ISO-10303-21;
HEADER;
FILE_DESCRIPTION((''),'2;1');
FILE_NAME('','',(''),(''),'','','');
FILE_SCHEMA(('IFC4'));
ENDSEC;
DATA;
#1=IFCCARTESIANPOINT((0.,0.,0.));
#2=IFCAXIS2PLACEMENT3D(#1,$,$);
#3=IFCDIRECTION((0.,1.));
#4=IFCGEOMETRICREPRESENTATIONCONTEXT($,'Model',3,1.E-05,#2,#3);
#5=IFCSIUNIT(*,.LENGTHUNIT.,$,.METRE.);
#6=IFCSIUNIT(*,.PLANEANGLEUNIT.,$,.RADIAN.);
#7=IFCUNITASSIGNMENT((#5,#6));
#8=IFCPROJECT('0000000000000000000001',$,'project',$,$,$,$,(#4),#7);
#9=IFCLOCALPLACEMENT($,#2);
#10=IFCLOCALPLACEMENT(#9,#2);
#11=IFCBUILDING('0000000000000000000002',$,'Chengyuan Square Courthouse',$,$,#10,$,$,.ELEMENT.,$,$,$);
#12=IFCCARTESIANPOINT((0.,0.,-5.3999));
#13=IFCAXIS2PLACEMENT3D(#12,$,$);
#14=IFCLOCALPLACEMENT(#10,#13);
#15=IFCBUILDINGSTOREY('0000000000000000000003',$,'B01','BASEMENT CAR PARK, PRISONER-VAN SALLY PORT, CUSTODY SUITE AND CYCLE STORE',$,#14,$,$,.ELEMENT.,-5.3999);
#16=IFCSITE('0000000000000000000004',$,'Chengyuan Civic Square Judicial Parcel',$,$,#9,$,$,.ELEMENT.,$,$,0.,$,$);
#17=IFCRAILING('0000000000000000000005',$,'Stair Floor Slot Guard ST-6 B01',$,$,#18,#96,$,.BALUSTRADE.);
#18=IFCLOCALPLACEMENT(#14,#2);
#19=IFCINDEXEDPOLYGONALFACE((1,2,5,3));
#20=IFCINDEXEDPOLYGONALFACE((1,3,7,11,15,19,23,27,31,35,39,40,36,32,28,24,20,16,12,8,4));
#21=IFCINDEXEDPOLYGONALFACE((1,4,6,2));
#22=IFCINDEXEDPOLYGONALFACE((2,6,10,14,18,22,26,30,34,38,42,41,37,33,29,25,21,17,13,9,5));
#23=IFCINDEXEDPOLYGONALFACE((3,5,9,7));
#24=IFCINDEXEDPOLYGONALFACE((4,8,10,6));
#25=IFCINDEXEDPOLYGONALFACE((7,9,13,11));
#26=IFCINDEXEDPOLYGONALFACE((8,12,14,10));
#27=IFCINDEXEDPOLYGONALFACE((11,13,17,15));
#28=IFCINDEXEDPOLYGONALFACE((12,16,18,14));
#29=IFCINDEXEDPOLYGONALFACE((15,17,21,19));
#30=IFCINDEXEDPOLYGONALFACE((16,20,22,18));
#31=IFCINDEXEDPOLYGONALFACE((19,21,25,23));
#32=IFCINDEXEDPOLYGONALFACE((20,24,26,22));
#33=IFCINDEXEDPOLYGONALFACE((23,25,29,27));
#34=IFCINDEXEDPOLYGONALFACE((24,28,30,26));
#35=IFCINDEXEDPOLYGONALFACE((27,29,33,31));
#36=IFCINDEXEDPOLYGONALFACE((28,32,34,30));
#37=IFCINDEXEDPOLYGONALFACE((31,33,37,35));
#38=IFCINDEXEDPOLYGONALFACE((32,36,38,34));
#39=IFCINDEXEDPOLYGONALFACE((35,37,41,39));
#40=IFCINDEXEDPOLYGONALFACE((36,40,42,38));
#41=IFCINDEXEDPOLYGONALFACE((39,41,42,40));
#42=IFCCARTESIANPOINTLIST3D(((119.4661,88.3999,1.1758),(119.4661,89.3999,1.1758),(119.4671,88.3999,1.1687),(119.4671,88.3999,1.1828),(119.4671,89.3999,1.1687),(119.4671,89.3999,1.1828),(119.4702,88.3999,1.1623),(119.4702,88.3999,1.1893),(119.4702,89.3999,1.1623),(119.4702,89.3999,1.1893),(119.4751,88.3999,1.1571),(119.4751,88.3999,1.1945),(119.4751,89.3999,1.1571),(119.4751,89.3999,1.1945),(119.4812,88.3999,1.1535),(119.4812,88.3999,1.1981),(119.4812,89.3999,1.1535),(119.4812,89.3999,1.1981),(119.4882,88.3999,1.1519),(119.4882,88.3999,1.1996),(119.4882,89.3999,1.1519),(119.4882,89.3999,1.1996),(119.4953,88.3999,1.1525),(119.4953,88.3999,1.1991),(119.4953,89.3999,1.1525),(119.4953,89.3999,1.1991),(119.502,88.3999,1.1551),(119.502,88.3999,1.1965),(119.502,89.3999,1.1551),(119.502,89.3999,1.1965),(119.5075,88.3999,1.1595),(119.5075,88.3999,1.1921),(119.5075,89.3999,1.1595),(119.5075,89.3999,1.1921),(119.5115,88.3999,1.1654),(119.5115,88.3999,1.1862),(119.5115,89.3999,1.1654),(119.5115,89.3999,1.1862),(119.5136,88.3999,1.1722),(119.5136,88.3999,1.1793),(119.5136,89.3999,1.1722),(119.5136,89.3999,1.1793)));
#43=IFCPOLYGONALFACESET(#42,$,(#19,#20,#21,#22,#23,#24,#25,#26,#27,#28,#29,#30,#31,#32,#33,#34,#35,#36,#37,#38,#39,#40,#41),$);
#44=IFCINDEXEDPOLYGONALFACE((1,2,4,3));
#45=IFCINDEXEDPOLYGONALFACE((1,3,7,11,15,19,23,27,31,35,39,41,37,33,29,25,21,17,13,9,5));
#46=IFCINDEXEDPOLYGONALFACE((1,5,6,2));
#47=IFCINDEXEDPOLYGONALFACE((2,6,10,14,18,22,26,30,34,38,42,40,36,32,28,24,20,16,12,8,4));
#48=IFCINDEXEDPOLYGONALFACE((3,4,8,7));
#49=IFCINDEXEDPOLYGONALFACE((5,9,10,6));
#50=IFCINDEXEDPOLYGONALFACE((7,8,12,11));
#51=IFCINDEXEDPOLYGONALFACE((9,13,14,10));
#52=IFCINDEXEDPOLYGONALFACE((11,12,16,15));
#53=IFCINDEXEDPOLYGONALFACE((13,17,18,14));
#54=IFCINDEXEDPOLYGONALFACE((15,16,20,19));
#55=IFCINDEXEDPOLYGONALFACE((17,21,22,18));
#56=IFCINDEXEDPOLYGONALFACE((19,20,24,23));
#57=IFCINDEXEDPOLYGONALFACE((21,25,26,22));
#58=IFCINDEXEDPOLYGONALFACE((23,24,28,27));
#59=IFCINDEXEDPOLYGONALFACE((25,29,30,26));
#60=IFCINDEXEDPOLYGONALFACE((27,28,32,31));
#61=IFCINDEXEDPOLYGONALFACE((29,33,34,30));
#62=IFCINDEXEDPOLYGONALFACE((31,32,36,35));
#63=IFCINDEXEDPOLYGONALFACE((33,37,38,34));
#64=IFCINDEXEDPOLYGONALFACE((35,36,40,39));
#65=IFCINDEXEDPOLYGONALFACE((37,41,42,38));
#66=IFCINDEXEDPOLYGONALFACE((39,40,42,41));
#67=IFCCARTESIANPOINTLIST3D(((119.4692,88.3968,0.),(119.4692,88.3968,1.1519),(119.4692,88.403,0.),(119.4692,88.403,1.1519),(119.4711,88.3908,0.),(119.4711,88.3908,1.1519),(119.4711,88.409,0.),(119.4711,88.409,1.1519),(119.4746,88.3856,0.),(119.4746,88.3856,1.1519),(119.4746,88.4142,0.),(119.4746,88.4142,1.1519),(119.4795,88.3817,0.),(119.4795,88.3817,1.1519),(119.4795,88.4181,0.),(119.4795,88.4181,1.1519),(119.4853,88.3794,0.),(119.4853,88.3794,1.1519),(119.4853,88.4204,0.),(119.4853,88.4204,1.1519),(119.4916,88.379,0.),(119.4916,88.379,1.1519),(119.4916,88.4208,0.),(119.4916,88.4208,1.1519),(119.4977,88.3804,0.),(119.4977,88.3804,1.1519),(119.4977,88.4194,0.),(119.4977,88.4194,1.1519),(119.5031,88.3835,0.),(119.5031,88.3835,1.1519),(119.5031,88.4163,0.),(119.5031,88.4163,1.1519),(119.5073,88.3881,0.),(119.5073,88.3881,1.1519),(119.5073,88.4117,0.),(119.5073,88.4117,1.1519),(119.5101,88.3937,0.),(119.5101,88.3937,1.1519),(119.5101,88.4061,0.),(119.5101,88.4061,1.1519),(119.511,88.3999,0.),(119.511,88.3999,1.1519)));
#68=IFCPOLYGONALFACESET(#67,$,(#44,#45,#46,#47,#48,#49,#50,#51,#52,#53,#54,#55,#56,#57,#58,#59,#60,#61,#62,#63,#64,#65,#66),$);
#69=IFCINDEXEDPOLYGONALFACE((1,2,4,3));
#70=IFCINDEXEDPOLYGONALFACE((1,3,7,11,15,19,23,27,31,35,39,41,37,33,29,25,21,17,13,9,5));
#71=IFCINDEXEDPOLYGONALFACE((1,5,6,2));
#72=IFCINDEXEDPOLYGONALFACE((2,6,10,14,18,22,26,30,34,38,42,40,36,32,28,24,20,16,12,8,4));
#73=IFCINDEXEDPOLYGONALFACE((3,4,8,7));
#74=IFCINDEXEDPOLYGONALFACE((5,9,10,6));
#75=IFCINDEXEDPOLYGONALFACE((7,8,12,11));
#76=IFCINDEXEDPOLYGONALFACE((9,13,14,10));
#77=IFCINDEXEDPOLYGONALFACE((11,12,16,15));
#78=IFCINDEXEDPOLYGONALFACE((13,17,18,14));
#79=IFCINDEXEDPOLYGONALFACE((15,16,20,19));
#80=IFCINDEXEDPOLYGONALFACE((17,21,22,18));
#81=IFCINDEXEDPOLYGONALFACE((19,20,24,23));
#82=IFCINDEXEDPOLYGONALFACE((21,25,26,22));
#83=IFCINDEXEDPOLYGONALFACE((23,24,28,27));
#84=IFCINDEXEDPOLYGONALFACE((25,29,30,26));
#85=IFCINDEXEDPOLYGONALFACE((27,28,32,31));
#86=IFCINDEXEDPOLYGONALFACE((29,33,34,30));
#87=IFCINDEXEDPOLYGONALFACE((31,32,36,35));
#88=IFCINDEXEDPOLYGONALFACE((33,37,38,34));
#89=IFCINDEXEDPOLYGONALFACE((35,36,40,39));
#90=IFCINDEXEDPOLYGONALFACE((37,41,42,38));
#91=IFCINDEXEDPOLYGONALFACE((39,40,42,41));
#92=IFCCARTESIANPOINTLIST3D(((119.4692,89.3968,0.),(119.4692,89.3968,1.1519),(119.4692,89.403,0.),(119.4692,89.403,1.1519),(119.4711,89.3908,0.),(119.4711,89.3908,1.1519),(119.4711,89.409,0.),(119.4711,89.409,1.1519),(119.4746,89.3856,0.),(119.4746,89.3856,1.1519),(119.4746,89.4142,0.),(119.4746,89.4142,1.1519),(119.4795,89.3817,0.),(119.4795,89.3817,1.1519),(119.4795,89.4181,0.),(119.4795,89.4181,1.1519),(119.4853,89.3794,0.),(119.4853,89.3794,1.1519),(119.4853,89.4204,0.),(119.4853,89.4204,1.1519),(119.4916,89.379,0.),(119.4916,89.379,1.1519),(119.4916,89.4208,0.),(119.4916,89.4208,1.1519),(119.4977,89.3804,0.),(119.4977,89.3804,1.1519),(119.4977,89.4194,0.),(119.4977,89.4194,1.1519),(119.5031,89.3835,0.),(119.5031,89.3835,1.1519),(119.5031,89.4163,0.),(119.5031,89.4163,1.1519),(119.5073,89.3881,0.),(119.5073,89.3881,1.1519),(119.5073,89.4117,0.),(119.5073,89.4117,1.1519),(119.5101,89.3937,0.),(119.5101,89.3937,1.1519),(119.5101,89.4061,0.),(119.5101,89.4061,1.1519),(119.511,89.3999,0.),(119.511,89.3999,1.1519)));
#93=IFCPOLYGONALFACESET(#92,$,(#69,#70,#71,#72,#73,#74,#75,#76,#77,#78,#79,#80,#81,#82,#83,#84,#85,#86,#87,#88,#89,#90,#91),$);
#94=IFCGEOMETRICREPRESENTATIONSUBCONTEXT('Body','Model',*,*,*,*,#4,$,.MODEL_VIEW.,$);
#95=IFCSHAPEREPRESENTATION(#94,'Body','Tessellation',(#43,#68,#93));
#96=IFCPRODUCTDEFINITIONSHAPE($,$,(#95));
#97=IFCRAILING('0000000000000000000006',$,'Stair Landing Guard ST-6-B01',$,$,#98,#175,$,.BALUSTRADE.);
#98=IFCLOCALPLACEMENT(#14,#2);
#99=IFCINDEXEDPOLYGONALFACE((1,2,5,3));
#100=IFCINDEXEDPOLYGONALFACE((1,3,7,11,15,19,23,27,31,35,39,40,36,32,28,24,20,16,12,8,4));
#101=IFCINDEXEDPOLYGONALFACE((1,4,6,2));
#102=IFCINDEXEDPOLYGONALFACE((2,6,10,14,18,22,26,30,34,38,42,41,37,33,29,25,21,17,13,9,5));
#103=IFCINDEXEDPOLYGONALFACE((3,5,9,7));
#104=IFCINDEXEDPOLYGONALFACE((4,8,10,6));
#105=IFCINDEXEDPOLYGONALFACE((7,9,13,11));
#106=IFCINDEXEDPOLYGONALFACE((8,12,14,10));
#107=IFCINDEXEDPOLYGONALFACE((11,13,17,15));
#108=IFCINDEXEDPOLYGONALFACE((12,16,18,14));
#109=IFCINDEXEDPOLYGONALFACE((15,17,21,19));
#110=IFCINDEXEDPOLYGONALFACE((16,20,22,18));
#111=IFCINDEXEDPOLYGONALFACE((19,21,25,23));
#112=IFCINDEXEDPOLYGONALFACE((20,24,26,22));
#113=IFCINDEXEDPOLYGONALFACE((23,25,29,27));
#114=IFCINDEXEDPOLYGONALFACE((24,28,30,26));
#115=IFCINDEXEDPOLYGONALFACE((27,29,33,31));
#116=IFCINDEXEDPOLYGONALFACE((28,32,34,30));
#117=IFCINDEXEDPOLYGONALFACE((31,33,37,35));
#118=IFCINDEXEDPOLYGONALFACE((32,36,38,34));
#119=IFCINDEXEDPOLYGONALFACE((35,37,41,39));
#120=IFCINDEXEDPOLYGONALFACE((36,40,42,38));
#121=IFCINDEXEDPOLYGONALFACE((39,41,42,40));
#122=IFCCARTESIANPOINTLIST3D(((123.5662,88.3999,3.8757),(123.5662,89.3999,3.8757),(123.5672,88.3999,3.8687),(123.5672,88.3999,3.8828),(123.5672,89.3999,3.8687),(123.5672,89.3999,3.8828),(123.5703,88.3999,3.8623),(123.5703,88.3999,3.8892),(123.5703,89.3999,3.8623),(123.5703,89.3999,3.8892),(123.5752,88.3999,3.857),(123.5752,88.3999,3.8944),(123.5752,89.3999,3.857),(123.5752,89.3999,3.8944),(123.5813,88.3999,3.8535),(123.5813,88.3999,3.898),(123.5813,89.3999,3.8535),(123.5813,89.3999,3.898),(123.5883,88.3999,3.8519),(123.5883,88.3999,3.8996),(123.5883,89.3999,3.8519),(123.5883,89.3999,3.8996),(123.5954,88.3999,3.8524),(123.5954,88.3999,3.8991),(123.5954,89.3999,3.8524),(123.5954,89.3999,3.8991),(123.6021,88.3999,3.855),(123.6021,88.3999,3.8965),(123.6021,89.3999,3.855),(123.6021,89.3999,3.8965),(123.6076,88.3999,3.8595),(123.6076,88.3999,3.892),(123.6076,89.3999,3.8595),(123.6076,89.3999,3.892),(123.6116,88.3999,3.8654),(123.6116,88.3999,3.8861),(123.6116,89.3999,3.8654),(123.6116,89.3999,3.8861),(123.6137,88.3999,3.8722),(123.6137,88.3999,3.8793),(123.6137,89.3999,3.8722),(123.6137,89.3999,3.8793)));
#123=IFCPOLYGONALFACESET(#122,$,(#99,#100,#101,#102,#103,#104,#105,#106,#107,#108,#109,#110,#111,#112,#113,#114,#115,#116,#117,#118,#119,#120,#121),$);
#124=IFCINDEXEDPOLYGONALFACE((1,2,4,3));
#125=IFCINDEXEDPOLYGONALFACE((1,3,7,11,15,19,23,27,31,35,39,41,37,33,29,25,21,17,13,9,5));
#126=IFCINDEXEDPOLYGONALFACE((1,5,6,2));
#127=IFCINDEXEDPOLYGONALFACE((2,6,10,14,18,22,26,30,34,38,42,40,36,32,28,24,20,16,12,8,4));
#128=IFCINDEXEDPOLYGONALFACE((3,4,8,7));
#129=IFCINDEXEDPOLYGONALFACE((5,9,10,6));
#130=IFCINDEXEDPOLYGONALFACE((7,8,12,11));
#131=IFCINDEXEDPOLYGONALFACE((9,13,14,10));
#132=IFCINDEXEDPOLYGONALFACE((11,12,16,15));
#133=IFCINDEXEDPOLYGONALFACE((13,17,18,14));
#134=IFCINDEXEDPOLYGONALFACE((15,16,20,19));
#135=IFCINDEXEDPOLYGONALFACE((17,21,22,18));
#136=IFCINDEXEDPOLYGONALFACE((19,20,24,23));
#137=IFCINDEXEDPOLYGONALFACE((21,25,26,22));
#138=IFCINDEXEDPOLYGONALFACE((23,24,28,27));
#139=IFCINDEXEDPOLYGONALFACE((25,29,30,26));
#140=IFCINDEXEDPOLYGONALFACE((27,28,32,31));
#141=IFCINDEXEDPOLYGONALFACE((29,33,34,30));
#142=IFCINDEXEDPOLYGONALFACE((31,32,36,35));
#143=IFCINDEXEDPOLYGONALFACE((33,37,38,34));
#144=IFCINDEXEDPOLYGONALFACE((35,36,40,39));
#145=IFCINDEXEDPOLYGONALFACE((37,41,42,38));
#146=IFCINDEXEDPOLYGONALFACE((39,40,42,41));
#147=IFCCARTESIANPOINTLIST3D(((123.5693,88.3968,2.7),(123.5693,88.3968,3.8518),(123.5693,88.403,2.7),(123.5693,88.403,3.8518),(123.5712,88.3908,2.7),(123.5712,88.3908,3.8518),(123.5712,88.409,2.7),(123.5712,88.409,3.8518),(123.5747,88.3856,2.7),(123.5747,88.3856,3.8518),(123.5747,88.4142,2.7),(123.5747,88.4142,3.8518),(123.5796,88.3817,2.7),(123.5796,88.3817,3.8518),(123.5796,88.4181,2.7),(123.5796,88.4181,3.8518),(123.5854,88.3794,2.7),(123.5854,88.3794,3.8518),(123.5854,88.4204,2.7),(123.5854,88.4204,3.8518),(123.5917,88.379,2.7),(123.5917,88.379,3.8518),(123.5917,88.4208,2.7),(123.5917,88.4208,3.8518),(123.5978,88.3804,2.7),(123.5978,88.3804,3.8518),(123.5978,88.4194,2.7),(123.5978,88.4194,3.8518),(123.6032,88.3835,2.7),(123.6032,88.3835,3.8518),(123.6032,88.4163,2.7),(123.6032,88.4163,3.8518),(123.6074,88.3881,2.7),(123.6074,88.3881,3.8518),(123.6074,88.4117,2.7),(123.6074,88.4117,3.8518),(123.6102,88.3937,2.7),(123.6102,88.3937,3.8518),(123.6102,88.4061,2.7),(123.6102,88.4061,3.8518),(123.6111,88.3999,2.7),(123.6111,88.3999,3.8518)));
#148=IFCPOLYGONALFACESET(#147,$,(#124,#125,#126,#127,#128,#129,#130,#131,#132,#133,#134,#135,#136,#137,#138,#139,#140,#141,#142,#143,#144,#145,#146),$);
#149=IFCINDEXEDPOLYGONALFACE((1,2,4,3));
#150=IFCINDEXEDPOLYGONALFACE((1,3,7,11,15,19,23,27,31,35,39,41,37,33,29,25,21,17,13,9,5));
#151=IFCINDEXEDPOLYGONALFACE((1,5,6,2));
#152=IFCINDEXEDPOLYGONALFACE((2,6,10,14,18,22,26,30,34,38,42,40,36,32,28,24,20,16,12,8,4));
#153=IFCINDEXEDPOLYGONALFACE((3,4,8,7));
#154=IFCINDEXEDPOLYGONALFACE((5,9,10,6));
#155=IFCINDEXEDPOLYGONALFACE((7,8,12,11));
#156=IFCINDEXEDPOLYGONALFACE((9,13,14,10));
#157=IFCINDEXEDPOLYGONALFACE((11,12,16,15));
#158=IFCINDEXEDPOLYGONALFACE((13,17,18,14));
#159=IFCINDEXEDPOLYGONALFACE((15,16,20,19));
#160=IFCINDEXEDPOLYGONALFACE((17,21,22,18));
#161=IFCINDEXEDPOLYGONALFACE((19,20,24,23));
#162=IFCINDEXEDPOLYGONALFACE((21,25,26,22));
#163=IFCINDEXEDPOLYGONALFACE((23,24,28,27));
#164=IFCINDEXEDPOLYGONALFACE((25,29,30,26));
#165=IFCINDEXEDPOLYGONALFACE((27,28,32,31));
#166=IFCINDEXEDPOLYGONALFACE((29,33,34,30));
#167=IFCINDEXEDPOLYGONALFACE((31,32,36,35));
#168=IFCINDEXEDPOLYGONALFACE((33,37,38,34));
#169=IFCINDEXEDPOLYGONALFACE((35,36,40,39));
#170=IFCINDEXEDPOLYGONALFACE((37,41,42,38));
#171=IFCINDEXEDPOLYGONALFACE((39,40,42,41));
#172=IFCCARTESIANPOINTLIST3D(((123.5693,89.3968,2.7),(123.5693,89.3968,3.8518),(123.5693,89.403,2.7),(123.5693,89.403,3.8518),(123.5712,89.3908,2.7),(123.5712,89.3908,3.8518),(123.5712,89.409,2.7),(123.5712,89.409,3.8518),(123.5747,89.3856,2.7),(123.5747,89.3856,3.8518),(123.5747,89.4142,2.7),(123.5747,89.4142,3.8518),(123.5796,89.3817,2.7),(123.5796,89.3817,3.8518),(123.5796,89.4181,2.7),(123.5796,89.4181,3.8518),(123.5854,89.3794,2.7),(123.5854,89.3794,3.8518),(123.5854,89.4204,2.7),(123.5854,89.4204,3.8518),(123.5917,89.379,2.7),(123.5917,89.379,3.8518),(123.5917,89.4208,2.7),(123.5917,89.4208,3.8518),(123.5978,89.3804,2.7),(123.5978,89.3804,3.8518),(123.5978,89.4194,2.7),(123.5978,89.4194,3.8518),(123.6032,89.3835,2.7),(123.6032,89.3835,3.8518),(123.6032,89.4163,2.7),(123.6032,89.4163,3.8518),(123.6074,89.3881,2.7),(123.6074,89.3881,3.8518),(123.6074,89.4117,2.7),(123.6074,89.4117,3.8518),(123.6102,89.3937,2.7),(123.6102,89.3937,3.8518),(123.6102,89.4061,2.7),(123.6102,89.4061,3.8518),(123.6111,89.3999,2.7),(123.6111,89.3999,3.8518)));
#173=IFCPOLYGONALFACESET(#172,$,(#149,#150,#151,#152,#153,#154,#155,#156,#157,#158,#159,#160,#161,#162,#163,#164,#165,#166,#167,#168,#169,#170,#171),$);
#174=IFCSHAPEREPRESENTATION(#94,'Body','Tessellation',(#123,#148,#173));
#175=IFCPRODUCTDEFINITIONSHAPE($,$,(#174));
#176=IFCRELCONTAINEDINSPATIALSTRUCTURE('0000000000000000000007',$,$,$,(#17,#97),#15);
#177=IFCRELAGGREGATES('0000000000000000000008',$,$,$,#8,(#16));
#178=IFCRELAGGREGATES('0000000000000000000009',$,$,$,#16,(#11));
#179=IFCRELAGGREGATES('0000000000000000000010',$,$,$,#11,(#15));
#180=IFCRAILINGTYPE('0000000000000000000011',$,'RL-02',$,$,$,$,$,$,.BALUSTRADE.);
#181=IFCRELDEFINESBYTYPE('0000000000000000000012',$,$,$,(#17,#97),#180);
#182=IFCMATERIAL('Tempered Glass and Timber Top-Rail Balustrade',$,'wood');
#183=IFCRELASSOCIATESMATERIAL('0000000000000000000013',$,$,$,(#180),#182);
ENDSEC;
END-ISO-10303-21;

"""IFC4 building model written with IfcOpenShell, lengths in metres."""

from ifc_helpers import new_model, si_unit, direction, frame, origin, origin_2d, place, context, subcontext, project, spatial, circle, extrude, material, type_object, element, save


model = new_model("IFC4")

# Units and contexts
model_context = context("Model", 3, precision=1e-05, world=origin(), true_north=direction((0.0, 1.0)))
body_context = subcontext(model_context, "Body", "Model", "MODEL_VIEW")
ifc_project = project(units=[si_unit("LENGTHUNIT", "METRE"), si_unit("PLANEANGLEUNIT", "RADIAN")], contexts=[model_context])

# Site, building, storey
site_placement = place(None, origin())
site = spatial("IfcSite", under=ifc_project, at=site_placement, Name="Chengyuan Civic Square Judicial Parcel", CompositionType="ELEMENT", RefElevation=0.0)
building_placement = place(site_placement, origin())
building = spatial("IfcBuilding", under=site, at=building_placement, Name="Chengyuan Square Courthouse", CompositionType="ELEMENT")
storey_placement = place(building_placement, frame((0.0, 0.0, -5.3999)))
storey = spatial("IfcBuildingStorey", under=building, at=storey_placement, Name="B01", Description="BASEMENT CAR PARK, PRISONER-VAN SALLY PORT, CUSTODY SUITE AND CYCLE STORE", CompositionType="ELEMENT", Elevation=-5.3999)

# Railings
ifc_material_1 = material(Name="Tempered Glass and Timber Top-Rail Balustrade", Category="wood")
railing_type_1 = type_object("IfcRailingType", Name="RL-02", PredefinedType="BALUSTRADE", material=ifc_material_1)
for number, where, name in (
    (1, (119.49, 88.3999, 0.0), "Stair Floor Slot Guard ST-6 B01"),
    (2, (123.5901, 88.3999, 2.7), "Stair Landing Guard ST-6-B01"),
):
    element("IfcRailing", number, at=place(storey_placement, frame(where)), inside=storey, type_object=railing_type_1, Name=name, PredefinedType="BALUSTRADE", context=body_context, shape_type="SweptSolid", body=[
        extrude(circle(Radius=0.0239, at=origin_2d()), frame((0.0, 0.0, 1.1758), z_axis=(0.0, 1.0, 0.0), x_axis=(-1.0, 0.0, 0.0)), (0.0, 0.0, 1.0), 1.0),
        extrude(circle(Radius=0.021, at=origin_2d()), origin(), (0.0, 0.0, 1.0), 1.1519),
        extrude(circle(Radius=0.021, at=origin_2d()), frame((0.0, 1.0, 0.0)), (0.0, 0.0, 1.0), 1.1519),
    ])

save(model, "model.ifc")
